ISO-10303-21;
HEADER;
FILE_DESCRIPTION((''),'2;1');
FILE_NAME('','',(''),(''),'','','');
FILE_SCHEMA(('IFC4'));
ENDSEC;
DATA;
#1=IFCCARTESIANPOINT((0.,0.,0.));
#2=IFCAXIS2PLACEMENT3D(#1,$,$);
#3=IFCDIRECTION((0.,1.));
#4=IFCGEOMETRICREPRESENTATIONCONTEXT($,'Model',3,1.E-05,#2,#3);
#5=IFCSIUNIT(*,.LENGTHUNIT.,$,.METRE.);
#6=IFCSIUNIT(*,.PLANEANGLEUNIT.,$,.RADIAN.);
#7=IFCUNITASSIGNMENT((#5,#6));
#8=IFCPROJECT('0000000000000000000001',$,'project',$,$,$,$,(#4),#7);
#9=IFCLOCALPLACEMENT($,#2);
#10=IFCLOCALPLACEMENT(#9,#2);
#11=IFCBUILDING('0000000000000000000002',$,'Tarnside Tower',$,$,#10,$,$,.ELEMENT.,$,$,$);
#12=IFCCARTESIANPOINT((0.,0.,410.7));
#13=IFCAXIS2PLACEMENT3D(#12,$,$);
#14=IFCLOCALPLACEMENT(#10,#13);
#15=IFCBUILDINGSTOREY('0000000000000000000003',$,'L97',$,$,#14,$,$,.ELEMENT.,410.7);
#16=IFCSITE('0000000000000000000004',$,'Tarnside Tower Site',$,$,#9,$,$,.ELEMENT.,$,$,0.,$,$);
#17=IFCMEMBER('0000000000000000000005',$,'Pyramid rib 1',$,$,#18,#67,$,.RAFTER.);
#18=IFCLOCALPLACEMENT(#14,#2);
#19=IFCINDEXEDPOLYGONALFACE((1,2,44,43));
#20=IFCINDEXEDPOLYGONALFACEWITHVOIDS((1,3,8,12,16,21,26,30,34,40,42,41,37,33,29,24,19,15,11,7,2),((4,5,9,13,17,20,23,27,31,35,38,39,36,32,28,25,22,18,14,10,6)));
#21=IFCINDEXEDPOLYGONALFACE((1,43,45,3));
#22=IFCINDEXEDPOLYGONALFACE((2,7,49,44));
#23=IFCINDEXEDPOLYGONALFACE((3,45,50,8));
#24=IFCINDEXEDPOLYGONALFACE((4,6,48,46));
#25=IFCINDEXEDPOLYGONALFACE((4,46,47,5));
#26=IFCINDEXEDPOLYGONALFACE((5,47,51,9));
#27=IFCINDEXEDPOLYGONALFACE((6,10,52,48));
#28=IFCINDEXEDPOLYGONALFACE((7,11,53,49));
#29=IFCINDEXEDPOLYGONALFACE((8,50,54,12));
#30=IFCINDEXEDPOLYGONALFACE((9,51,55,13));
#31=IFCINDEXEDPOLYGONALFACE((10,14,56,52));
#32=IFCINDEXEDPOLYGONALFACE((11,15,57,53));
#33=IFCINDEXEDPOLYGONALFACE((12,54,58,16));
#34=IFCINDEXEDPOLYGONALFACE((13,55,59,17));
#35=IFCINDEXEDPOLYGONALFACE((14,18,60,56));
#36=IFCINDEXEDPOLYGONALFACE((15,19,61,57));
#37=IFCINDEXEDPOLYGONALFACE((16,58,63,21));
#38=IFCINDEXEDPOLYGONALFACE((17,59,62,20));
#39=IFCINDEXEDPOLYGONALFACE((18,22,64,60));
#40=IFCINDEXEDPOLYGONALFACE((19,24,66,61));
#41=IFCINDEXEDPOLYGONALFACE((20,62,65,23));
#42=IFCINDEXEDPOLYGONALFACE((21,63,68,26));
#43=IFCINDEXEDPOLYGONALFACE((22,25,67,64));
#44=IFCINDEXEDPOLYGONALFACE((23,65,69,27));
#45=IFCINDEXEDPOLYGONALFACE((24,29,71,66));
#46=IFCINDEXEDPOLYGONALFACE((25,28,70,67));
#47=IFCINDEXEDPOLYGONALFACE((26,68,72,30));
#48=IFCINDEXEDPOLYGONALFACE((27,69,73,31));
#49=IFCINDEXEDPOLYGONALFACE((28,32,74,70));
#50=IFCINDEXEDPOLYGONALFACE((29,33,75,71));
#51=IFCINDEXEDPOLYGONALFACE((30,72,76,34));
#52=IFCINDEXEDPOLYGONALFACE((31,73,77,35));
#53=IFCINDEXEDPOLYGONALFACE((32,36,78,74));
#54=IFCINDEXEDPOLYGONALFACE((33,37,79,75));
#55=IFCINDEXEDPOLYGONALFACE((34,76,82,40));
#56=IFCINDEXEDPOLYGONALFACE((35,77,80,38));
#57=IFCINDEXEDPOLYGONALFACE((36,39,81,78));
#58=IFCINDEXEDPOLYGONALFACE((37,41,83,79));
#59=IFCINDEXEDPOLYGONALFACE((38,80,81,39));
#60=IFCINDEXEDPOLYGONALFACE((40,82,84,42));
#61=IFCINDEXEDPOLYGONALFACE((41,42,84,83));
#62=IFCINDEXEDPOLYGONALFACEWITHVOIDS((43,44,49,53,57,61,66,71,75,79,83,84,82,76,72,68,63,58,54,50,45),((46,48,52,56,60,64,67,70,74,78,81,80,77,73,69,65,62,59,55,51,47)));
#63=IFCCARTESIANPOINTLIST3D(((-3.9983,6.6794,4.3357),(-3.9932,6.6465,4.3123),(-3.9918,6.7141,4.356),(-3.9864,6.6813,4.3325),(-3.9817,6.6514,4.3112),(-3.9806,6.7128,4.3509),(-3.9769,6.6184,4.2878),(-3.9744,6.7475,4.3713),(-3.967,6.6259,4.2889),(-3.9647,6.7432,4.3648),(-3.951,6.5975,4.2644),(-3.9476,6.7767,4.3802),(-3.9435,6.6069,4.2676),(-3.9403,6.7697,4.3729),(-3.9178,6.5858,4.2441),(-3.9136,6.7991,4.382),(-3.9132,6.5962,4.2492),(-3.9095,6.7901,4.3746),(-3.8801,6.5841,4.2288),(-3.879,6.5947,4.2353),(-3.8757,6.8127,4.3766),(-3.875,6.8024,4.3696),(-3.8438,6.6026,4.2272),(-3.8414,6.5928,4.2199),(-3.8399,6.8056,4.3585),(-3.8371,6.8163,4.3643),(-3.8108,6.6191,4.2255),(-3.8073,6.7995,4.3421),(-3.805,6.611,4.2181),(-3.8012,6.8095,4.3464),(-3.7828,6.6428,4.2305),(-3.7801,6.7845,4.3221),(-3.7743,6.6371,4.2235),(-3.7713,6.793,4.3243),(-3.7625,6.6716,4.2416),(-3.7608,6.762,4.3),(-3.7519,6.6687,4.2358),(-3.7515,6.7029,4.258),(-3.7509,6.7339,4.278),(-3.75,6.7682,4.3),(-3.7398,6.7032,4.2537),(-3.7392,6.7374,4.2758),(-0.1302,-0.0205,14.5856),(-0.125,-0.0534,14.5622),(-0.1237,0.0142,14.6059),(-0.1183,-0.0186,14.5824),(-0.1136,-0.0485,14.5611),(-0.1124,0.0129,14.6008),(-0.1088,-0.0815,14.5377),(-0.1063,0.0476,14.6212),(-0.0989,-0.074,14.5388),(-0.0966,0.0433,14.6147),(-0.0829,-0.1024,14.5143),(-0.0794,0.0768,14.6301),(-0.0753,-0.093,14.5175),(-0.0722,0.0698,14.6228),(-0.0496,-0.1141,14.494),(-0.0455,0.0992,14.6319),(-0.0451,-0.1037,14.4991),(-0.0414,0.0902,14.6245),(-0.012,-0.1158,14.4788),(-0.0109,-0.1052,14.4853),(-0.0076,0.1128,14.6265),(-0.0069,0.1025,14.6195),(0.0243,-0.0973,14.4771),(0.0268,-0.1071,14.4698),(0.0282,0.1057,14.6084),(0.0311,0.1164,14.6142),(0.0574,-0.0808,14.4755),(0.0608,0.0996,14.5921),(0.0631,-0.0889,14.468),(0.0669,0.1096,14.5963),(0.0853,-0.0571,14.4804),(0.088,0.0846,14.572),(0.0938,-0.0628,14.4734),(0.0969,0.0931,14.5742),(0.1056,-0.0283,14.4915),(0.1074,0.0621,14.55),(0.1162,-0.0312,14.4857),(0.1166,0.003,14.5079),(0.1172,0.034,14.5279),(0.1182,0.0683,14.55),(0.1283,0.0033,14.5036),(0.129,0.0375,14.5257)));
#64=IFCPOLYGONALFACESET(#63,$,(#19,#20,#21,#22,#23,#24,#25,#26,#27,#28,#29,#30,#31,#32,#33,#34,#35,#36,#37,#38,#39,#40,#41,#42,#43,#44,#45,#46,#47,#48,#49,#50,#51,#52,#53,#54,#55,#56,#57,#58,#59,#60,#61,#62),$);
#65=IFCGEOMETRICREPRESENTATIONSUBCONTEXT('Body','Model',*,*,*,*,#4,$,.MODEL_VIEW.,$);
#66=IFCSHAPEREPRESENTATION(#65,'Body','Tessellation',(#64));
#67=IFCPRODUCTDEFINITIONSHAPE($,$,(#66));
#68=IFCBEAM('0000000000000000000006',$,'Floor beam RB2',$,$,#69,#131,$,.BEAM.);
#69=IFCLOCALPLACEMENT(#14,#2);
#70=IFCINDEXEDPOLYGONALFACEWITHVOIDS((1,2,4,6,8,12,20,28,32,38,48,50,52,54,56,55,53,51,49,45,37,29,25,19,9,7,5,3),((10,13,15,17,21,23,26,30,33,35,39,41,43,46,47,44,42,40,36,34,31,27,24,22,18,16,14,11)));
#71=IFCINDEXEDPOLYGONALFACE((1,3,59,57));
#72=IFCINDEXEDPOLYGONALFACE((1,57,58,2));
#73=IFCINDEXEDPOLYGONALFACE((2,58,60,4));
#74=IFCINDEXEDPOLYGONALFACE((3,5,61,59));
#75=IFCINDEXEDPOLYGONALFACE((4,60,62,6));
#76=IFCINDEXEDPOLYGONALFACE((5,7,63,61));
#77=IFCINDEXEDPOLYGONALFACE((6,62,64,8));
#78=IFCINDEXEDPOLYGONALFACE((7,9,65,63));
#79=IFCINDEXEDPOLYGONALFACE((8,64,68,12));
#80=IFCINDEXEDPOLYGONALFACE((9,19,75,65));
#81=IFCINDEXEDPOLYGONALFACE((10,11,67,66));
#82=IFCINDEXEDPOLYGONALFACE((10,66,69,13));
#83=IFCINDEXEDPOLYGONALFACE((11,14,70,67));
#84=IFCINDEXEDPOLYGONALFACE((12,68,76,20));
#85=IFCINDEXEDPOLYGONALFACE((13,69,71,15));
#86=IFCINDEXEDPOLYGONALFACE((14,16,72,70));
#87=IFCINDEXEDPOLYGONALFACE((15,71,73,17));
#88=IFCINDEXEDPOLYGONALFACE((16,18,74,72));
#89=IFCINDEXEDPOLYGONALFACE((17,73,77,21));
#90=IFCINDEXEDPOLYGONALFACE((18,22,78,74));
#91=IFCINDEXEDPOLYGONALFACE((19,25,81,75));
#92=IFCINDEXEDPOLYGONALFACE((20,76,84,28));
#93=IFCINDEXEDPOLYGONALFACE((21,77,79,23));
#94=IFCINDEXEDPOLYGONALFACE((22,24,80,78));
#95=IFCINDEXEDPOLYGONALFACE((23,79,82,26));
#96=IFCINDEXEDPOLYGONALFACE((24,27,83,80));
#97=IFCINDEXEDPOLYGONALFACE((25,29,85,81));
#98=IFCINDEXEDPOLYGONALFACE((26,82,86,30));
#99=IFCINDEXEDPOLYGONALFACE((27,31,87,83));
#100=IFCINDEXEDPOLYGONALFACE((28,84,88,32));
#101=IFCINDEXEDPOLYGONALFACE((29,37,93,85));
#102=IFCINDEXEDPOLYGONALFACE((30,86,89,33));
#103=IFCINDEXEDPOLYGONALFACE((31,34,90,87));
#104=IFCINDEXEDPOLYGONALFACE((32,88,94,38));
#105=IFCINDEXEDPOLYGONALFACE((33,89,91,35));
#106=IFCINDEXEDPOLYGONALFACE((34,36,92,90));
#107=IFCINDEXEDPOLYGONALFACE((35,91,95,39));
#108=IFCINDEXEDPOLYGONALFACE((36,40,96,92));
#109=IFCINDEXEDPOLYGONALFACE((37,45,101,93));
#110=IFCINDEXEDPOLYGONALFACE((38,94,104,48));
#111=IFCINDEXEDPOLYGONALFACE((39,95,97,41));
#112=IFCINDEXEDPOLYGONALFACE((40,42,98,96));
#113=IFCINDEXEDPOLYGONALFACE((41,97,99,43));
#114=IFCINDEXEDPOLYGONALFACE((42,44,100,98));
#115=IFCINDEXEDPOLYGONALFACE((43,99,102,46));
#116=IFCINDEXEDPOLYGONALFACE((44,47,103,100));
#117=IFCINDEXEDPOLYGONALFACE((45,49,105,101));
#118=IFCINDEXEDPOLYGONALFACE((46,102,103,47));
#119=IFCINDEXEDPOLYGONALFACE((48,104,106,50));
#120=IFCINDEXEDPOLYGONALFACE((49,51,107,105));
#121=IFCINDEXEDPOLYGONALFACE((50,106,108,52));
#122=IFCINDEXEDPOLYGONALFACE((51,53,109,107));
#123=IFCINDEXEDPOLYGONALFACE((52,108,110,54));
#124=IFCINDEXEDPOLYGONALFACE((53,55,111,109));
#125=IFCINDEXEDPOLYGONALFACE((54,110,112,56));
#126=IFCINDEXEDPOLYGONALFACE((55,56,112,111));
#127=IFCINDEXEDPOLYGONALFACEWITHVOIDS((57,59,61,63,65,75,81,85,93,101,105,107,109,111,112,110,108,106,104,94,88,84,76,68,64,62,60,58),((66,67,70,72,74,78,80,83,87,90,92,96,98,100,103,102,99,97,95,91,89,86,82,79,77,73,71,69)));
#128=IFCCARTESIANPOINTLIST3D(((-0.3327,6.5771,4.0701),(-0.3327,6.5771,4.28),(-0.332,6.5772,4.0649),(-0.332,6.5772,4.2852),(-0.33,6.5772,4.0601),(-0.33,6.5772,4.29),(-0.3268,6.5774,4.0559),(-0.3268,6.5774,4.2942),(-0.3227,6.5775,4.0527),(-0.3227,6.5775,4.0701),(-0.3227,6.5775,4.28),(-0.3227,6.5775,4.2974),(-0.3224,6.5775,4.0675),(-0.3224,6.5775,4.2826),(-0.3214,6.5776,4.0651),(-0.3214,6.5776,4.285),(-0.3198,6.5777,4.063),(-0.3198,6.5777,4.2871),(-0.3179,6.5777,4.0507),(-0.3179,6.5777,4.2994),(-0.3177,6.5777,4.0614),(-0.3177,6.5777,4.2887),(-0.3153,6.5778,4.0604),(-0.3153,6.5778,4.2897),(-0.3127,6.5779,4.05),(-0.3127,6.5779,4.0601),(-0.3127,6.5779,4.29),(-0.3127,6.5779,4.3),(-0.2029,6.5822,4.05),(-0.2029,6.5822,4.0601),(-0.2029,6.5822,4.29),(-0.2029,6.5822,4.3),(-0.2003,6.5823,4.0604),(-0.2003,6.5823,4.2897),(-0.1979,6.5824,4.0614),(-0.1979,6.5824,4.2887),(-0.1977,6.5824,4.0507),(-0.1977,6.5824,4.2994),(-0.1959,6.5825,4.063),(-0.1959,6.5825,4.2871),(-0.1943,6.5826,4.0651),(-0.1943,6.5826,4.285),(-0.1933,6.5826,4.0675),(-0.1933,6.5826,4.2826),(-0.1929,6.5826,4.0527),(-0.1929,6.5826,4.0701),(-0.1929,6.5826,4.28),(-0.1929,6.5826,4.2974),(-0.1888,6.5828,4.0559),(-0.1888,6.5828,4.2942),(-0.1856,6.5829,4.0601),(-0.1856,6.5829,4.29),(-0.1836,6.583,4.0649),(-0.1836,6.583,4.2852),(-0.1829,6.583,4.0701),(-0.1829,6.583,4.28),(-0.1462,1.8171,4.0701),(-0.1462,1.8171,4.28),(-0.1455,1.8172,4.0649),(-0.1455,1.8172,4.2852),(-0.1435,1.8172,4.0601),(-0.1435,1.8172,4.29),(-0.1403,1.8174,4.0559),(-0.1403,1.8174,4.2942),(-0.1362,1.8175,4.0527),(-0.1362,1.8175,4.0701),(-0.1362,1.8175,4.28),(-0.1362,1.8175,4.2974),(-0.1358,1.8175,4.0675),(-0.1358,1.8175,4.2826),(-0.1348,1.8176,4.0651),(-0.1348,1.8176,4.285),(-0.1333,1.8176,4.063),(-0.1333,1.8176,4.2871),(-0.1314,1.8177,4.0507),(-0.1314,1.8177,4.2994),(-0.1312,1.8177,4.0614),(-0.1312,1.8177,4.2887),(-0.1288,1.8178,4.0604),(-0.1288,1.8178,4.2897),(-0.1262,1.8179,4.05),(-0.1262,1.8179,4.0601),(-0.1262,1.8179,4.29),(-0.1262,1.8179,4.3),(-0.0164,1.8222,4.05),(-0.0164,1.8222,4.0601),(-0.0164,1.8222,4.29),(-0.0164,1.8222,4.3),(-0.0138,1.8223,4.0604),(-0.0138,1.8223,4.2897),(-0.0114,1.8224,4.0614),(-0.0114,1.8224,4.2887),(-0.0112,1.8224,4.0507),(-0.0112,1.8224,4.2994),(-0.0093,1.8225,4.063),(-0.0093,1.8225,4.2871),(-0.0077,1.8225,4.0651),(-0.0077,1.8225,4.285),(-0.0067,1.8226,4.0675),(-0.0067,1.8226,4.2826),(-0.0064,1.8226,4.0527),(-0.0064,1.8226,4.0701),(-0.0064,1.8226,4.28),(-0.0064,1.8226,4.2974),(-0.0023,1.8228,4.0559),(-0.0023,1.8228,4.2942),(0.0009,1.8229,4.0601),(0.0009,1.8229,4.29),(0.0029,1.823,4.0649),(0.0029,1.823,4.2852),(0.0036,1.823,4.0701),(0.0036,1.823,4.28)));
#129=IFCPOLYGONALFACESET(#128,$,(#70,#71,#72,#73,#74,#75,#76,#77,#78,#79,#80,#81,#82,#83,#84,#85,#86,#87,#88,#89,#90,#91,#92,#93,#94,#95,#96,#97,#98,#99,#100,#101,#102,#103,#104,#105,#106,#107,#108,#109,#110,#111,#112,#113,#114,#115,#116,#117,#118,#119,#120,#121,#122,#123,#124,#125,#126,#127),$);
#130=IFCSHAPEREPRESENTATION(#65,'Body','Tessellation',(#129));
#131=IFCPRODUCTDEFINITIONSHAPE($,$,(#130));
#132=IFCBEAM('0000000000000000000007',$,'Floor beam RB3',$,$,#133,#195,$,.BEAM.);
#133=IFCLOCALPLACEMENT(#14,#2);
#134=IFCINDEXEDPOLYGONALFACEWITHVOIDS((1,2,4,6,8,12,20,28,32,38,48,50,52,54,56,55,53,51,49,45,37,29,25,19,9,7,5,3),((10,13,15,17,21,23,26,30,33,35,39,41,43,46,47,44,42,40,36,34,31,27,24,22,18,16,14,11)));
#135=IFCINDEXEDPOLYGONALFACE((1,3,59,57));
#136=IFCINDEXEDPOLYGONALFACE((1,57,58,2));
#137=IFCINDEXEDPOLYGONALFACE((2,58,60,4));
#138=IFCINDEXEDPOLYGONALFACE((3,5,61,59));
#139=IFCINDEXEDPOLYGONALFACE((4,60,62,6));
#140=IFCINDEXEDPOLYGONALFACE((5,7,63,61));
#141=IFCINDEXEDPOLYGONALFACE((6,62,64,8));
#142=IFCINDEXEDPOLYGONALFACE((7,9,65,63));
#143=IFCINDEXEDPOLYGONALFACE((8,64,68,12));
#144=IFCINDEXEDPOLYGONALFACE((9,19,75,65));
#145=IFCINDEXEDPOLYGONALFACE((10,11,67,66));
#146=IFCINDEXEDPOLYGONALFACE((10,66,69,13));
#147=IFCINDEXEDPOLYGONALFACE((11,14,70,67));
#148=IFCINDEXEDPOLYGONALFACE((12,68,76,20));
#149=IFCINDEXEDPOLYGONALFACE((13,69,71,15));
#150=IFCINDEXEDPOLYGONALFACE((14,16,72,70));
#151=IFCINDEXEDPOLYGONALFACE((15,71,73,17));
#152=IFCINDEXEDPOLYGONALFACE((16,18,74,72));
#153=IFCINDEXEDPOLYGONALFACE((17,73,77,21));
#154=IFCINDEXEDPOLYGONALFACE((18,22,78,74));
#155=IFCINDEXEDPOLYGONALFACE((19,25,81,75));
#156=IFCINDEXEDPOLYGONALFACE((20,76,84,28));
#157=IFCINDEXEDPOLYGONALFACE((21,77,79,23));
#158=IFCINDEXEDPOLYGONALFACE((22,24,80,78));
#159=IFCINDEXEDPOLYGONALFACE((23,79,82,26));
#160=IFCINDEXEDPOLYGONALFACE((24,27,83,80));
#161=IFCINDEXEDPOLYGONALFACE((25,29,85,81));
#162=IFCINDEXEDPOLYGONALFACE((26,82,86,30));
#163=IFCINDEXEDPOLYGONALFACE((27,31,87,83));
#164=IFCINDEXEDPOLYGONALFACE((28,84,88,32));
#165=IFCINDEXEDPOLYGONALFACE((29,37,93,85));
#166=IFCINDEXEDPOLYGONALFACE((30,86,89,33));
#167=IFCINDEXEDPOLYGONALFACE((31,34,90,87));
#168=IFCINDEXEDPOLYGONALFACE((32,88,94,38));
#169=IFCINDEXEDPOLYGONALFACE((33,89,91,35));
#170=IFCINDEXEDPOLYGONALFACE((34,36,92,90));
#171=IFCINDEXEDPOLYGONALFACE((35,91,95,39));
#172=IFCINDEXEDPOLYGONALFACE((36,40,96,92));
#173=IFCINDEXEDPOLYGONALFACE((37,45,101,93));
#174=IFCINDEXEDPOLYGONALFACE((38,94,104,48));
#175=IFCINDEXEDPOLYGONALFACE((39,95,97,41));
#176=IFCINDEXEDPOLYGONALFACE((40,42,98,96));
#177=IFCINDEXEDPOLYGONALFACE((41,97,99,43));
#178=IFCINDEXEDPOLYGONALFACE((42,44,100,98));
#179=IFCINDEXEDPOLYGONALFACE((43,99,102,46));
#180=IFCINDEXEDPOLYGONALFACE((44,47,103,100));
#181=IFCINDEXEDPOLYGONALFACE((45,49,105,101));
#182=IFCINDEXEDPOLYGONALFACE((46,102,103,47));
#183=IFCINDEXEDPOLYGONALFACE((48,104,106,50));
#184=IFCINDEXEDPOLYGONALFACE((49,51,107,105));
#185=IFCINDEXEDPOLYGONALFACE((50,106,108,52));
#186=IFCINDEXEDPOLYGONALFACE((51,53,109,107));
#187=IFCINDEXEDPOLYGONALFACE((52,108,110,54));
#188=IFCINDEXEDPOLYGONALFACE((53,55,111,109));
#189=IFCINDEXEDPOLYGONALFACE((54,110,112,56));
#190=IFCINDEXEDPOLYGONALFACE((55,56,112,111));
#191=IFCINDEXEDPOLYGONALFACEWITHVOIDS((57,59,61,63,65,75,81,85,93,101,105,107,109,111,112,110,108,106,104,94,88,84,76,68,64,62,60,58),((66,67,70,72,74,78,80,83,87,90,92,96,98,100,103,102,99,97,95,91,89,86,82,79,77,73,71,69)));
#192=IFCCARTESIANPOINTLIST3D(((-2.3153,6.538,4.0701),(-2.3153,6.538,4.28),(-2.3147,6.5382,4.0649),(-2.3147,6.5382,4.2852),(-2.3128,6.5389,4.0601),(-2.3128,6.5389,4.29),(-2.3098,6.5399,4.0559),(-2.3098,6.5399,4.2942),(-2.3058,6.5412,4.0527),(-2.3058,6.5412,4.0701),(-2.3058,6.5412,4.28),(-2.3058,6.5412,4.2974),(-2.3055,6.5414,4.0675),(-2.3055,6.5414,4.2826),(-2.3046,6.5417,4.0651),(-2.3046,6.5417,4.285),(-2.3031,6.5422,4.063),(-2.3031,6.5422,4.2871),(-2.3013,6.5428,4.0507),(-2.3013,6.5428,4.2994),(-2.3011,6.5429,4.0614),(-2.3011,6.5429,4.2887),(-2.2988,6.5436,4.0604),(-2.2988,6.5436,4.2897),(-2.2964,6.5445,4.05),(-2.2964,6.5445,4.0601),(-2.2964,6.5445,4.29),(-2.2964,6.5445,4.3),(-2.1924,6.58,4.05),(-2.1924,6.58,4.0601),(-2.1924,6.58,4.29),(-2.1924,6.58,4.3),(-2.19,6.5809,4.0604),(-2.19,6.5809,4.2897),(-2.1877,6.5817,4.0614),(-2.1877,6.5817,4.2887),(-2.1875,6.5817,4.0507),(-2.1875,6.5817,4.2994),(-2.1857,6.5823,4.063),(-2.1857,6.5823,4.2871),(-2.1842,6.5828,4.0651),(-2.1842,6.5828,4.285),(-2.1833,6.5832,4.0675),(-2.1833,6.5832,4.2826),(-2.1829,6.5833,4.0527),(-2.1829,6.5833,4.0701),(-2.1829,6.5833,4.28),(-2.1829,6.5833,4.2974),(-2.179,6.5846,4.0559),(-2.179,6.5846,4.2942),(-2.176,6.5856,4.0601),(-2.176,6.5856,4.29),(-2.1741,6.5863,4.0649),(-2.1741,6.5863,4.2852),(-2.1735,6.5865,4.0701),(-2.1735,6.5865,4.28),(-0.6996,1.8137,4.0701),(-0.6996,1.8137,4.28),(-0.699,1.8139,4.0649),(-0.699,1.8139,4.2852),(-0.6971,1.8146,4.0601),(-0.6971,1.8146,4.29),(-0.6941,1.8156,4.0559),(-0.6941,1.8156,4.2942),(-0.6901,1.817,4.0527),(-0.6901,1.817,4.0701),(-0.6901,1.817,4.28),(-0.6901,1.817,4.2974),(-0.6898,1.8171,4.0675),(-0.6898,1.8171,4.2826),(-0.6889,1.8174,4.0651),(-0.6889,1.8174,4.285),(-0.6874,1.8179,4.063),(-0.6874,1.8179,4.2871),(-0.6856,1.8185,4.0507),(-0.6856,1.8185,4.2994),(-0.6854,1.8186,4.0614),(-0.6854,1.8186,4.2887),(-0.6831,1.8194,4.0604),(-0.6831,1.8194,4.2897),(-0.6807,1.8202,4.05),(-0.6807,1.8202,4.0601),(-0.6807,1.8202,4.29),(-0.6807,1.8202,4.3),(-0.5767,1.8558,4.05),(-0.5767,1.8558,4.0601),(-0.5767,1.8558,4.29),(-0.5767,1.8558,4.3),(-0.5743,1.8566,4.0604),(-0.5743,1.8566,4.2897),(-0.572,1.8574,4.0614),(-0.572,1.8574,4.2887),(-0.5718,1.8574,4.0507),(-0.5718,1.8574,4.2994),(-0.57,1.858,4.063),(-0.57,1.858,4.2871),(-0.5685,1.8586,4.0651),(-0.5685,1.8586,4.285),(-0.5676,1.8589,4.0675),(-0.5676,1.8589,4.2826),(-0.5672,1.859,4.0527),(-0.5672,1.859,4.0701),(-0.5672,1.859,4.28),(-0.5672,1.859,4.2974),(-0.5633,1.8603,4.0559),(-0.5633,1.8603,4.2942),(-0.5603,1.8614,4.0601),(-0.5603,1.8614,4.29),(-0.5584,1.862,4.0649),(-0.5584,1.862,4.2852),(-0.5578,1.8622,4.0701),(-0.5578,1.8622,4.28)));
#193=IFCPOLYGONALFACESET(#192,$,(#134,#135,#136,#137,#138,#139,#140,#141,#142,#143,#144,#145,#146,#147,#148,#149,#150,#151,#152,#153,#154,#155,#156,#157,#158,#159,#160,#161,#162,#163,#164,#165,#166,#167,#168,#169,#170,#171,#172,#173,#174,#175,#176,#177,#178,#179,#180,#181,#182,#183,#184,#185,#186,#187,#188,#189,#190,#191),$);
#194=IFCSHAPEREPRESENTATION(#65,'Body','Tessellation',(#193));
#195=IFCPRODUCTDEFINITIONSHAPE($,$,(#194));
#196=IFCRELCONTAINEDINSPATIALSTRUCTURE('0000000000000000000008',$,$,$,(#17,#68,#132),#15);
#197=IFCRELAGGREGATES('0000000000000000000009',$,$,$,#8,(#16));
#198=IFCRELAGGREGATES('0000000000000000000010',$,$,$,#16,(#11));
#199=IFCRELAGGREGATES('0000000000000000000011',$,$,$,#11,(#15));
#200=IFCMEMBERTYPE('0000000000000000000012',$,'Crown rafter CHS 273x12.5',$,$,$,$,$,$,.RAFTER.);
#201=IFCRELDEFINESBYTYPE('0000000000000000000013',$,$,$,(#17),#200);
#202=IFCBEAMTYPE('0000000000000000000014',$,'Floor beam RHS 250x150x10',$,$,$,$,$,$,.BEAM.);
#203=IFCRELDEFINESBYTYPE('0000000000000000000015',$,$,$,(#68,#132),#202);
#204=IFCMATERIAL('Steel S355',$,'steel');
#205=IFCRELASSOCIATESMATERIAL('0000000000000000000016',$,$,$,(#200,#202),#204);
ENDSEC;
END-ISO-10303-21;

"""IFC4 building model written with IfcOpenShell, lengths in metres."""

from ifc_helpers import new_model, si_unit, direction, frame, origin, origin_2d, place, context, subcontext, project, spatial, hollow_rectangle, hollow_circle, extrude, material, material_profile, profile_set, type_object, element, save


model = new_model("IFC4")

# Units and contexts
model_context = context("Model", 3, precision=1e-05, world=origin(), true_north=direction((0.0, 1.0)))
body_context = subcontext(model_context, "Body", "Model", "MODEL_VIEW")
ifc_project = project(units=[si_unit("LENGTHUNIT", "METRE"), si_unit("PLANEANGLEUNIT", "RADIAN")], contexts=[model_context])

# Site, building, storey
site_placement = place(None, origin())
site = spatial("IfcSite", under=ifc_project, at=site_placement, Name="Tarnside Tower Site", CompositionType="ELEMENT", RefElevation=0.0)
building_placement = place(site_placement, origin())
building = spatial("IfcBuilding", under=site, at=building_placement, Name="Tarnside Tower", CompositionType="ELEMENT")
storey_placement = place(building_placement, frame((0.0, 0.0, 410.7)))
storey = spatial("IfcBuildingStorey", under=building, at=storey_placement, Name="L97", CompositionType="ELEMENT", Elevation=410.7)

# Member
ifc_material_1 = material(Name="Steel S355", Category="steel")
ifc_material_profile_1 = material_profile(ifc_material_1, hollow_circle(Radius=0.1365, WallThickness=0.0125, at=origin_2d()), Name="CHS 273x12.5")
ifc_profile_set_1 = profile_set([ifc_material_profile_1], Name="Steel S355")
member_type_1 = type_object("IfcMemberType", Name="Crown rafter CHS 273x12.5", PredefinedType="RAFTER", material=ifc_profile_set_1)
member_1_placement = place(storey_placement, frame((-3.8682, 6.7, 4.3), z_axis=(0.301214, -0.521726, 0.798168), x_axis=(0.866028, 0.499995, 0.0)))
element("IfcMember", 1, at=member_1_placement, inside=storey, type_object=member_type_1, Name="Pyramid rib 1", PredefinedType="RAFTER", context=body_context, shape_type="SweptSolid", body=[
    extrude(hollow_circle(Radius=0.1365, WallThickness=0.0125, at=origin_2d()), origin(), (0.0, 0.0, 1.0), 12.8418),
])

# Beams
ifc_material_profile_2 = material_profile(ifc_material_1, hollow_rectangle(XDim=0.1499, YDim=0.25, WallThickness=0.01, InnerFilletRadius=0.01, OuterFilletRadius=0.02, at=origin_2d()), Name="RHS 250x150x10")
ifc_profile_set_2 = profile_set([ifc_material_profile_2], Name="Steel S355")
beam_type_1 = type_object("IfcBeamType", Name="Floor beam RHS 250x150x10", PredefinedType="BEAM", material=ifc_profile_set_2)
beam_1_placement = place(storey_placement, frame((-0.2578, 6.5801, 4.175), z_axis=(0.039155, -0.999233, 0.0), x_axis=(0.999233, 0.039155, 0.0)))
element("IfcBeam", 2, at=beam_1_placement, inside=storey, type_object=beam_type_1, Name="Floor beam RB2", PredefinedType="BEAM", context=body_context, shape_type="SweptSolid", body=[
    extrude(hollow_rectangle(XDim=0.1499, YDim=0.25, WallThickness=0.01, InnerFilletRadius=0.01, OuterFilletRadius=0.02, at=origin_2d()), origin(), (0.0, 0.0, 1.0), 4.7637),
])
beam_2_placement = place(storey_placement, frame((-2.2444, 6.5623, 4.175), z_axis=(0.323597, -0.946195, 0.0), x_axis=(0.946195, 0.323597, 0.0)))
element("IfcBeam", 3, at=beam_2_placement, inside=storey, type_object=beam_type_1, Name="Floor beam RB3", PredefinedType="BEAM", context=body_context, shape_type="SweptSolid", body=[
    extrude(hollow_rectangle(XDim=0.1499, YDim=0.25, WallThickness=0.01, InnerFilletRadius=0.01, OuterFilletRadius=0.02, at=origin_2d()), origin(), (0.0, 0.0, 1.0), 4.9929),
])

save(model, "model.ifc")
